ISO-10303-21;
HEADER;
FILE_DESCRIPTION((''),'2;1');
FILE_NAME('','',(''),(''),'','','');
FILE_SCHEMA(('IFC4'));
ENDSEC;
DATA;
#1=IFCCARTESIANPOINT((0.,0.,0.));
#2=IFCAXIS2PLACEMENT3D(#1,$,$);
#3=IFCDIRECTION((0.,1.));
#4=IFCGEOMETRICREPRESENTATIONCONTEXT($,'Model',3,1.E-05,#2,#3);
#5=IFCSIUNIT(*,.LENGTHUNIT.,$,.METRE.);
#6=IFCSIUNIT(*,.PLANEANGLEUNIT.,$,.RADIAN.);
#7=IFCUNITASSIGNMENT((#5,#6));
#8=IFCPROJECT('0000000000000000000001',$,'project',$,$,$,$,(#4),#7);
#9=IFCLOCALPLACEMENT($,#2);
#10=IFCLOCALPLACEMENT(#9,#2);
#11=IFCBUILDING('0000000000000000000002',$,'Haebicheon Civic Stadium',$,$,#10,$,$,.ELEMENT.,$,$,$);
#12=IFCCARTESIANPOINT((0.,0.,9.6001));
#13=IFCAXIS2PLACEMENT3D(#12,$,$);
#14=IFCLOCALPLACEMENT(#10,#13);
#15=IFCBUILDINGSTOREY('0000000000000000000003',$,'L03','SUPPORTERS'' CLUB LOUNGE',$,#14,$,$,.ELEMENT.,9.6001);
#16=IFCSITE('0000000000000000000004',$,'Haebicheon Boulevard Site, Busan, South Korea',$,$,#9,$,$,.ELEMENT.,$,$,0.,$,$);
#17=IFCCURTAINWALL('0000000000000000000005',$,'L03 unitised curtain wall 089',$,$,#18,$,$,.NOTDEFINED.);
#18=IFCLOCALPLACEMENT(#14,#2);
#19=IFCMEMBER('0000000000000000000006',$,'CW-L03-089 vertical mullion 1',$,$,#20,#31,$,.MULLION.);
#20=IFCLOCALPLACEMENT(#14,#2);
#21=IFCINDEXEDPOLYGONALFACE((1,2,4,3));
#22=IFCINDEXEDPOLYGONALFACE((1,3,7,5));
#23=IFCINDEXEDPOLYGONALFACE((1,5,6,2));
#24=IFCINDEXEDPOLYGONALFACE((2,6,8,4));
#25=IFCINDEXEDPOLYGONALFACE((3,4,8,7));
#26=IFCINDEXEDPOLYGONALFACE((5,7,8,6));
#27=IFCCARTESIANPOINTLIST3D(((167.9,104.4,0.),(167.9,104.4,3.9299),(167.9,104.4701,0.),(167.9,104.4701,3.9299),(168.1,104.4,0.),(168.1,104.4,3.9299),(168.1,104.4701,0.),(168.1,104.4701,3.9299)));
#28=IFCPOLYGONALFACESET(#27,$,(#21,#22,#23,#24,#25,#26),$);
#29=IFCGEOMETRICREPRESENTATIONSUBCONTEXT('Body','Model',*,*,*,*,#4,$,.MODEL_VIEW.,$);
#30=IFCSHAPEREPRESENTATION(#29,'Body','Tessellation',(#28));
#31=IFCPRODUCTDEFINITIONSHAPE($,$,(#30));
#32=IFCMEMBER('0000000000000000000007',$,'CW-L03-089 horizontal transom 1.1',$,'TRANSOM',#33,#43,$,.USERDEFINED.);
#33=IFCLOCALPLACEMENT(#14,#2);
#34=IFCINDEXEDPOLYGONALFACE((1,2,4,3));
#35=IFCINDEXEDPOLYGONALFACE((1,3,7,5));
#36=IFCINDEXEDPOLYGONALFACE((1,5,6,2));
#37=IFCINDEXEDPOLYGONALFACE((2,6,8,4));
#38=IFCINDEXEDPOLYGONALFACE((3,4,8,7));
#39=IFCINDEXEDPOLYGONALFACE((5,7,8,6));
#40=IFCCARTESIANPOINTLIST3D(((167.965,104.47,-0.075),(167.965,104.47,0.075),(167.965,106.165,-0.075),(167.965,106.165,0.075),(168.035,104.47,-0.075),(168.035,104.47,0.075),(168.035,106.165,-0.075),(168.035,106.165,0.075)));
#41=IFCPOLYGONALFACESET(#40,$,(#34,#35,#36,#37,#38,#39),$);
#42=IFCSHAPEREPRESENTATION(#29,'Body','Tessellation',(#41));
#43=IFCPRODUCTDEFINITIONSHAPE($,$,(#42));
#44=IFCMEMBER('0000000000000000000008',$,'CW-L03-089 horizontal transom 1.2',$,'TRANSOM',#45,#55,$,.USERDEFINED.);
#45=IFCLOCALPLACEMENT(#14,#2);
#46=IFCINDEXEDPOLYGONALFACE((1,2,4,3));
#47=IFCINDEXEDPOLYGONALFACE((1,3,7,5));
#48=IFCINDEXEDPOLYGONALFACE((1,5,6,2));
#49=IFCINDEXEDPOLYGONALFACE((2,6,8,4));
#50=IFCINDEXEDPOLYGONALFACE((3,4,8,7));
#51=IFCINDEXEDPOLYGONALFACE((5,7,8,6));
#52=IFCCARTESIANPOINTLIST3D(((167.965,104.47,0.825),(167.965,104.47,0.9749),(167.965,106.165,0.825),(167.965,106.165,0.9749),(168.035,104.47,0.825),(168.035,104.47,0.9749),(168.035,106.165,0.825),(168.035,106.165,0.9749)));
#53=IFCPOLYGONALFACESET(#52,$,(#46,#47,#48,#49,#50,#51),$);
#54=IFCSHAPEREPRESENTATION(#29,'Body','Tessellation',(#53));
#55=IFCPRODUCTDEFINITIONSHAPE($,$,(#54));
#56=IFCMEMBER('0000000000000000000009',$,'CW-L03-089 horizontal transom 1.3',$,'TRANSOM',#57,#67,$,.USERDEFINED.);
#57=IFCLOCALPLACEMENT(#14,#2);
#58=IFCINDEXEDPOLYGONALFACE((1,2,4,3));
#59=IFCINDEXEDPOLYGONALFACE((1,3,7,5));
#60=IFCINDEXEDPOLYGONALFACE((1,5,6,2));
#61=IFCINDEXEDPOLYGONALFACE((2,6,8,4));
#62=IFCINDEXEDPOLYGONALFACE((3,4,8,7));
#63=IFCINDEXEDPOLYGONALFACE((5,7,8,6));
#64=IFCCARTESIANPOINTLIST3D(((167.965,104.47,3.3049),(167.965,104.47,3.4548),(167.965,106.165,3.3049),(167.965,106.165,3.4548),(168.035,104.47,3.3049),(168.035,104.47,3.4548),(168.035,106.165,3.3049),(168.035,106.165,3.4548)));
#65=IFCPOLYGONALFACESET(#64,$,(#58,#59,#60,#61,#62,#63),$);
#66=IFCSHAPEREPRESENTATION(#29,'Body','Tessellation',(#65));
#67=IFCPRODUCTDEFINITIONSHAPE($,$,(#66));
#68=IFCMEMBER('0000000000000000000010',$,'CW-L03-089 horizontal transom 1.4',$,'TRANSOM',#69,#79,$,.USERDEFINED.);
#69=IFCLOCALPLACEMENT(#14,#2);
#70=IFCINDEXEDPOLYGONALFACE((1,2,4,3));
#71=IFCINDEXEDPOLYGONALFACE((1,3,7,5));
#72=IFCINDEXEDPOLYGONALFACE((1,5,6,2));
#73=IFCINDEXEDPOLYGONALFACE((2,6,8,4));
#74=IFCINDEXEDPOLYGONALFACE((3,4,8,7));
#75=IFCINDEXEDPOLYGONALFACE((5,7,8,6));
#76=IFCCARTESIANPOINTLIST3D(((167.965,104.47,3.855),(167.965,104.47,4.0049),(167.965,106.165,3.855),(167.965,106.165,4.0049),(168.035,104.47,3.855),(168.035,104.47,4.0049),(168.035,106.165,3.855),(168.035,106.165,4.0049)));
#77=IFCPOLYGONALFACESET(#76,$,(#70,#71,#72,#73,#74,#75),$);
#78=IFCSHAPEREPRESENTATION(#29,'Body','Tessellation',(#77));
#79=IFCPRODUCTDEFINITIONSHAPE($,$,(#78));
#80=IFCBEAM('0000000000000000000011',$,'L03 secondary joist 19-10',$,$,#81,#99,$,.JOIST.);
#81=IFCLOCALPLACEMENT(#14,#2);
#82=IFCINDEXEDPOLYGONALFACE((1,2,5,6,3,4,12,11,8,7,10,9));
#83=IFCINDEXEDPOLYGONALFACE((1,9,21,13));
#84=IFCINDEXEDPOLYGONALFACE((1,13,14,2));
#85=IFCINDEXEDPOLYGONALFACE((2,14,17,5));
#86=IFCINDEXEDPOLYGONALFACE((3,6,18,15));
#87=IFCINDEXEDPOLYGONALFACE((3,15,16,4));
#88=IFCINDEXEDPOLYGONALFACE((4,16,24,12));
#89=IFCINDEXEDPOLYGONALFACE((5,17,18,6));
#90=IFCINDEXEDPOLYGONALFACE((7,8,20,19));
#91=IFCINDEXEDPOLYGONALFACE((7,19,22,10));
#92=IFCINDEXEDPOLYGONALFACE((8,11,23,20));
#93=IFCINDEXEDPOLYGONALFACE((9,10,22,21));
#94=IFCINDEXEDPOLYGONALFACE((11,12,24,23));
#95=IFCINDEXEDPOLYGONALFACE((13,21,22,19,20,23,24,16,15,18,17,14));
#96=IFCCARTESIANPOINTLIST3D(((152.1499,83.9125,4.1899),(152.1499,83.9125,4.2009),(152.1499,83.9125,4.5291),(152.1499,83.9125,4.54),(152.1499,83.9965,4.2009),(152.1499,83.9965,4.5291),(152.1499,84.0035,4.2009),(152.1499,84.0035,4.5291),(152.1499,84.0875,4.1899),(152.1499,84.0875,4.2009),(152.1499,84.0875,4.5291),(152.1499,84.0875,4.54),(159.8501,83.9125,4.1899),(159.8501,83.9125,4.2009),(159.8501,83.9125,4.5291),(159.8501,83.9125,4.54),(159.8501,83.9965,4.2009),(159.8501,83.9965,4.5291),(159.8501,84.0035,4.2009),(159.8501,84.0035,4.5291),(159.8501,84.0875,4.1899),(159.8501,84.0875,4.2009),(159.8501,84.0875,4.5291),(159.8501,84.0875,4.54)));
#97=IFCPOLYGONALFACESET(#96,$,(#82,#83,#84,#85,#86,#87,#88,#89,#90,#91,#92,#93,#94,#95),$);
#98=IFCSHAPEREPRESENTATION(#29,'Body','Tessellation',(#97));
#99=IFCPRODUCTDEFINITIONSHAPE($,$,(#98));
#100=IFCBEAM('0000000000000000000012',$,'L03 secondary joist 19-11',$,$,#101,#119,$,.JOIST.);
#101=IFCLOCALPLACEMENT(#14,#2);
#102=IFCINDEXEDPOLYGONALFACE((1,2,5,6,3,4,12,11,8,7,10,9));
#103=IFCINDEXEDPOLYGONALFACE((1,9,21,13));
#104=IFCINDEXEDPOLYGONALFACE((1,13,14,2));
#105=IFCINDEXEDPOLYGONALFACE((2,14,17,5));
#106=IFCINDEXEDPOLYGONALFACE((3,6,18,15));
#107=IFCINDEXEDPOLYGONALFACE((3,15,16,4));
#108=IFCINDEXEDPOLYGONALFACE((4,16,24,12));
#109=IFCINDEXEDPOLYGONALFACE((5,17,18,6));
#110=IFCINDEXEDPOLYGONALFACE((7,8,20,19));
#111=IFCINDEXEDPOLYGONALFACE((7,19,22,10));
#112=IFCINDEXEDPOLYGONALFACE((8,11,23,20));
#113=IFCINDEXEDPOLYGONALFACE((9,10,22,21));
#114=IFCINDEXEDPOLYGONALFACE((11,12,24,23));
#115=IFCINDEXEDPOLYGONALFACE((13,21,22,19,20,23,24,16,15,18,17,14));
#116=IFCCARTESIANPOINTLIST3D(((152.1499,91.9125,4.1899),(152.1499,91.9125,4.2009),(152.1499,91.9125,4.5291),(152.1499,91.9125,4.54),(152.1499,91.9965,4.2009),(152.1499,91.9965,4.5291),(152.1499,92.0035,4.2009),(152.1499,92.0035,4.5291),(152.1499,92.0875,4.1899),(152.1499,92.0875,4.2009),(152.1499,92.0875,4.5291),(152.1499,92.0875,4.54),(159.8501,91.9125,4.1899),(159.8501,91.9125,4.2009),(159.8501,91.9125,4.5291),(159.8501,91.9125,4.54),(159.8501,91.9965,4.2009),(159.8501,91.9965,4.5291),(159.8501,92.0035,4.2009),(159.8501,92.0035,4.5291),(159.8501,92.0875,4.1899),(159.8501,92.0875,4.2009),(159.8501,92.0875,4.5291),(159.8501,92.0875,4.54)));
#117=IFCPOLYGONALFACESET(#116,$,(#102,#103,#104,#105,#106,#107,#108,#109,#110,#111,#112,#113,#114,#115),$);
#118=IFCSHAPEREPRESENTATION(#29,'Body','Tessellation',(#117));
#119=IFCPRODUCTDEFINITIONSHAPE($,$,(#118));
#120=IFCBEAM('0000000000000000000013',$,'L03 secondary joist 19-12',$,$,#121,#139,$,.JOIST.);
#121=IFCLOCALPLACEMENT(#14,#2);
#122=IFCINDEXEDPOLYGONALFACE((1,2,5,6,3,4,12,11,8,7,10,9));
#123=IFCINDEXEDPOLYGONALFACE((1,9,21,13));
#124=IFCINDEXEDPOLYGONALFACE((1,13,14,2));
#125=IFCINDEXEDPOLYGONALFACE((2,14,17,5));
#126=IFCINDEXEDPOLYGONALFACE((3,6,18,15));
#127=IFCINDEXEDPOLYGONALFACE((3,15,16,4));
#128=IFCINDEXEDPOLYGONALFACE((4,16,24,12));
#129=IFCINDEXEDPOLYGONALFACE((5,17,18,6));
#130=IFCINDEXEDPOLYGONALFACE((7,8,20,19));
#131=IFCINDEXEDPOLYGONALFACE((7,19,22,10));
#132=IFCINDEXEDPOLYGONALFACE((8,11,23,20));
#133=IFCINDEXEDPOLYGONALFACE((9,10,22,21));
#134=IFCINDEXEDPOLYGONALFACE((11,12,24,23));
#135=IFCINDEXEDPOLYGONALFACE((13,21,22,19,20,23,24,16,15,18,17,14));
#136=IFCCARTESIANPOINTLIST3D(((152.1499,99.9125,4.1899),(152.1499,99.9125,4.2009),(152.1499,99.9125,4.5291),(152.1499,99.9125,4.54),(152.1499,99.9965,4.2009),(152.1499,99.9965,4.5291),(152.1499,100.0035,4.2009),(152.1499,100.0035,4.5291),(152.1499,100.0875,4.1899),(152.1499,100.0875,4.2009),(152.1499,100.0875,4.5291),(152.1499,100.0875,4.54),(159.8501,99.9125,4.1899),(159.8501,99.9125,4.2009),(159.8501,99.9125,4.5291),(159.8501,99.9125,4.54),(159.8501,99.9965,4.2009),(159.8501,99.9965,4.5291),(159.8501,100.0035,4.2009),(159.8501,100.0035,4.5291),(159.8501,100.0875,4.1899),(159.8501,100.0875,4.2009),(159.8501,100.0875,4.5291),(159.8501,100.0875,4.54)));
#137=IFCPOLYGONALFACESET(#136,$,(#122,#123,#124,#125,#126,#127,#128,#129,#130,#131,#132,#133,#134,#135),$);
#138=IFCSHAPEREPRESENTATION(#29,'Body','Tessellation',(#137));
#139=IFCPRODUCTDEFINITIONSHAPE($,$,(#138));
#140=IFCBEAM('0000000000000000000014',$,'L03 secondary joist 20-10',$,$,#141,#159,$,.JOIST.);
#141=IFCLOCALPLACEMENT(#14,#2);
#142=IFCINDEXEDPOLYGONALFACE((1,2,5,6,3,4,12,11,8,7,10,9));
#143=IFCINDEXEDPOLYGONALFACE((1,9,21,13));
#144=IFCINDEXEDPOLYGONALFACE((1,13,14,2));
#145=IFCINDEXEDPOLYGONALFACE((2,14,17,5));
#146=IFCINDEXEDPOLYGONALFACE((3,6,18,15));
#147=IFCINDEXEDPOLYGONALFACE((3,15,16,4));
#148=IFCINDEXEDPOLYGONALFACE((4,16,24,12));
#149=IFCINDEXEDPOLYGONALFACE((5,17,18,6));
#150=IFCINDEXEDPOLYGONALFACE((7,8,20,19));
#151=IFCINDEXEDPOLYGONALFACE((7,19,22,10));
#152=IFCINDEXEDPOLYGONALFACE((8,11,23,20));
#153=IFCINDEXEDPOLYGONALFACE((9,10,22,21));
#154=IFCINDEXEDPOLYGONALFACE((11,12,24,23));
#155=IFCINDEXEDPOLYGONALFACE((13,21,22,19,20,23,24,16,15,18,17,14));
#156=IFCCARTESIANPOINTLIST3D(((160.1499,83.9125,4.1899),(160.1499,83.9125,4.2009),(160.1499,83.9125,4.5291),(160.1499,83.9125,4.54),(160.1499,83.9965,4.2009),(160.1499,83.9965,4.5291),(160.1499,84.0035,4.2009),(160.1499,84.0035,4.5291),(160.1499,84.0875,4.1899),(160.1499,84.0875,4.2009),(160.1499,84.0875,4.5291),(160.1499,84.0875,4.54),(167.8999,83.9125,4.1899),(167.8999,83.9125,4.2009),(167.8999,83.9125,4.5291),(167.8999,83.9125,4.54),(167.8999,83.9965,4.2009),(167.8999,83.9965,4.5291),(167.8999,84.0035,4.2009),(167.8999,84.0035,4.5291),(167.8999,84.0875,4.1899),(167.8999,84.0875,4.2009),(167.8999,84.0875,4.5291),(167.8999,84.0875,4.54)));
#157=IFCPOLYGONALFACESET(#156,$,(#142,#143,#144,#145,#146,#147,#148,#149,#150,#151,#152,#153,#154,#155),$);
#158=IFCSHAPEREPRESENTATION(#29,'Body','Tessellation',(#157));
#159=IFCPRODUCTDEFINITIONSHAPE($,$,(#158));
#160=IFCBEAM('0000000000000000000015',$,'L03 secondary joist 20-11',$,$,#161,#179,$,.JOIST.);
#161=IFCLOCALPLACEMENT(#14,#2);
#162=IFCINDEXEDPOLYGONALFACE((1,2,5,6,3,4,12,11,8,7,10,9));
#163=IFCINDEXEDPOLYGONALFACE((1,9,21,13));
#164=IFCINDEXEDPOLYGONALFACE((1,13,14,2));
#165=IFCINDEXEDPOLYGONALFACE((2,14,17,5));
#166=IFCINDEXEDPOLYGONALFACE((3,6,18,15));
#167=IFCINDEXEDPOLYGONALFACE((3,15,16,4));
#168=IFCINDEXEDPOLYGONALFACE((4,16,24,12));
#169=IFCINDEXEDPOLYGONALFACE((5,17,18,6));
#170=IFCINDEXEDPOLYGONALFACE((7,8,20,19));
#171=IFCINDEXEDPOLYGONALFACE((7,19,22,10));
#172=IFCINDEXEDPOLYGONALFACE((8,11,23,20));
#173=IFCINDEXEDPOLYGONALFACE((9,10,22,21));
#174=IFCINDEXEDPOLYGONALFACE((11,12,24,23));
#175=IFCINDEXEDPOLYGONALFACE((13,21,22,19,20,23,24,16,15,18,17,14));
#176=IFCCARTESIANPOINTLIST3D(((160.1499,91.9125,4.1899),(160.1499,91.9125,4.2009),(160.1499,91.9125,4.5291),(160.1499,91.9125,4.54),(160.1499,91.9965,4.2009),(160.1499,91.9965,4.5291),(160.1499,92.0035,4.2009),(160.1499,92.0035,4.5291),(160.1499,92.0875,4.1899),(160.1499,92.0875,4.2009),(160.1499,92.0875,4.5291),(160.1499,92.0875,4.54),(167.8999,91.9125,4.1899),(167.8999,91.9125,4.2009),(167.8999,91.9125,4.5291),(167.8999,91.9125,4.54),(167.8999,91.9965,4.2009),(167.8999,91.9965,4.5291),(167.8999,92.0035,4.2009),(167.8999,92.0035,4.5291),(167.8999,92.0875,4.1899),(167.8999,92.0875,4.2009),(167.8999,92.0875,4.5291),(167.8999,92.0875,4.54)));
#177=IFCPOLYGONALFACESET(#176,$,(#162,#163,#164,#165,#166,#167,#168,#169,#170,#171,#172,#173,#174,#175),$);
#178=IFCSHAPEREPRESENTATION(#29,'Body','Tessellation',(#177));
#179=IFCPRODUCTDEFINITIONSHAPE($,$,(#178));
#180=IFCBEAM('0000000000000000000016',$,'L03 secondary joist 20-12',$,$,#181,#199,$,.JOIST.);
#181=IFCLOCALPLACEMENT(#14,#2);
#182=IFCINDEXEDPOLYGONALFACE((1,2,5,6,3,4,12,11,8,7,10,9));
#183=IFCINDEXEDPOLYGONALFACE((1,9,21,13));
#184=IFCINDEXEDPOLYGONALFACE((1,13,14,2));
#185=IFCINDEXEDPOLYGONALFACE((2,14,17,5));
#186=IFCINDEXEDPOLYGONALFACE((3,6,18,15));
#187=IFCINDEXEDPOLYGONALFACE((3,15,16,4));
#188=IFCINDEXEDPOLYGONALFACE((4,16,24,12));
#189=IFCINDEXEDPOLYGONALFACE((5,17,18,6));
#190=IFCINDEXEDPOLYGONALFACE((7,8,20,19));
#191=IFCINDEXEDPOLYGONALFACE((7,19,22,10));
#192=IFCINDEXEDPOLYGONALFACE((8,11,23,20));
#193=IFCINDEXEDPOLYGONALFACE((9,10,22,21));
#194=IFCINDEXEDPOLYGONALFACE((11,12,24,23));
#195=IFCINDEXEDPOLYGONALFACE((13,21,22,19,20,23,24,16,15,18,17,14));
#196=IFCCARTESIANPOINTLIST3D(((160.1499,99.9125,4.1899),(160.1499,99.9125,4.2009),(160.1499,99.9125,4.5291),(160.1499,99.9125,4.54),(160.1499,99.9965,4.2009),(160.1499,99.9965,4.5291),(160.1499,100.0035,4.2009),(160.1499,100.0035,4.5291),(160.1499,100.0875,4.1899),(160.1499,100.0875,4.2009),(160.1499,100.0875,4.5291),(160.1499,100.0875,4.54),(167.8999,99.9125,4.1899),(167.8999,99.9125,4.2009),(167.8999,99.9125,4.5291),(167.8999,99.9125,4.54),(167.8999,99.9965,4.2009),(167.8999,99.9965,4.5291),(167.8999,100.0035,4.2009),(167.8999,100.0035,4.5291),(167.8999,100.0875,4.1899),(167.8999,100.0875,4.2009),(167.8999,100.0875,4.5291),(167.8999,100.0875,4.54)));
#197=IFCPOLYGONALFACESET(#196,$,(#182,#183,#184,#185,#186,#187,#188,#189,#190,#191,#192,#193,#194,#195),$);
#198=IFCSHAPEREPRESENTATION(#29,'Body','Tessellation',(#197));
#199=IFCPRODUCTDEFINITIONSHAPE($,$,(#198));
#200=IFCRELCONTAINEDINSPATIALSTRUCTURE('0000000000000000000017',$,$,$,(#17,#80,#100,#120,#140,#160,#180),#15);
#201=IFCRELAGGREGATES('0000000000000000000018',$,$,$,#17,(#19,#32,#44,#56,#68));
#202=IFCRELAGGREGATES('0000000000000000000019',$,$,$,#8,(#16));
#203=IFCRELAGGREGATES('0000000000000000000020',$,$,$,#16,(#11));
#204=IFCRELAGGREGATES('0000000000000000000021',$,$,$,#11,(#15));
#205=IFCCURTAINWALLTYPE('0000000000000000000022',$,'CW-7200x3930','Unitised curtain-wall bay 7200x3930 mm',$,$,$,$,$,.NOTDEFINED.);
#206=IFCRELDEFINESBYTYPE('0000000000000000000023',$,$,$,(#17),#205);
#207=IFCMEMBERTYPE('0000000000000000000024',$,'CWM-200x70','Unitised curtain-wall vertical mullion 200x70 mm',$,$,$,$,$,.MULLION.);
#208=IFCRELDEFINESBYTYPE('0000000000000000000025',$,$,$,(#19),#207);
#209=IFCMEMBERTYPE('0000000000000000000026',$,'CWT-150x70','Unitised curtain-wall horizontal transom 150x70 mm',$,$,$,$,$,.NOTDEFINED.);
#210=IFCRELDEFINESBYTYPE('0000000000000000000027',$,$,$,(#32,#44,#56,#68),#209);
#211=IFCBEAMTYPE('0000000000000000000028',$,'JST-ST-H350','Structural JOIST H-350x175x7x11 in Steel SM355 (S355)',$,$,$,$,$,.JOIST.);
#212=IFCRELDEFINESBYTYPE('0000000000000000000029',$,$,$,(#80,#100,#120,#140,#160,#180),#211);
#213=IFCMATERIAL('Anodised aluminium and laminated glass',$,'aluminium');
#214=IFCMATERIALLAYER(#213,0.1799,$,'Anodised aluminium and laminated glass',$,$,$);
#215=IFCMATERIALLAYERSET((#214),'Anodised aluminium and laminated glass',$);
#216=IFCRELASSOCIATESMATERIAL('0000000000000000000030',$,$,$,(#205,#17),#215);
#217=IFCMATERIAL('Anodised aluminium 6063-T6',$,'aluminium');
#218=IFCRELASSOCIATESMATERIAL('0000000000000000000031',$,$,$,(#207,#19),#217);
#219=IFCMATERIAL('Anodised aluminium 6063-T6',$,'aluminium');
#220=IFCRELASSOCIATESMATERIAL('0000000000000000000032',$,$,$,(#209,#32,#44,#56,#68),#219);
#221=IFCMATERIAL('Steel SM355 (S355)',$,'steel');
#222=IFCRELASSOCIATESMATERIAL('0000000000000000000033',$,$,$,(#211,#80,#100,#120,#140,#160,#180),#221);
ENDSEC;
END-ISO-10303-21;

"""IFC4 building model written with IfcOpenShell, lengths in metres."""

from ifc_helpers import new_model, si_unit, direction, frame, origin, origin_2d, place, context, subcontext, project, spatial, rectangle, i_section, extrude, material, layer, layer_set, material_profile, profile_set, type_object, element, aggregate, save


model = new_model("IFC4")

# Units and contexts
model_context = context("Model", 3, precision=1e-05, world=origin(), true_north=direction((0.0, 1.0)))
body_context = subcontext(model_context, "Body", "Model", "MODEL_VIEW")
ifc_project = project(units=[si_unit("LENGTHUNIT", "METRE"), si_unit("PLANEANGLEUNIT", "RADIAN")], contexts=[model_context])

# Site, building, storey
site_placement = place(None, origin())
site = spatial("IfcSite", under=ifc_project, at=site_placement, Name="Haebicheon Boulevard Site, Busan, South Korea", CompositionType="ELEMENT", RefElevation=0.0)
building_placement = place(site_placement, origin())
building = spatial("IfcBuilding", under=site, at=building_placement, Name="Haebicheon Civic Stadium", CompositionType="ELEMENT")
storey_placement = place(building_placement, frame((0.0, 0.0, 9.6001)))
storey = spatial("IfcBuildingStorey", under=building, at=storey_placement, Name="L03", Description="SUPPORTERS' CLUB LOUNGE", CompositionType="ELEMENT", Elevation=9.6001)

# Curtain wall, members
ifc_material_1 = material(Name="Anodised aluminium and laminated glass", Category="aluminium")
ifc_layer_1 = layer(ifc_material_1, 0.1799, Name="Anodised aluminium and laminated glass")
ifc_layer_set_1 = layer_set([ifc_layer_1], Name="Anodised aluminium and laminated glass")
curtain_wall_type = type_object("IfcCurtainWallType", Name="CW-7200x3930", Description="Unitised curtain-wall bay 7200x3930 mm", PredefinedType="NOTDEFINED", material=ifc_layer_set_1)
curtain_wall_placement = place(storey_placement, origin())
curtain_wall = element("IfcCurtainWall", 1, at=curtain_wall_placement, inside=storey, type_object=curtain_wall_type, material=ifc_layer_set_1, Name="L03 unitised curtain wall 089", PredefinedType="NOTDEFINED")
ifc_material_2 = material(Name="Anodised aluminium 6063-T6", Category="aluminium")
ifc_material_profile_1 = material_profile(ifc_material_2, rectangle(XDim=0.0701, YDim=0.2, at=origin_2d()), Name="ALU-MULL-70x200")
ifc_profile_set_1 = profile_set([ifc_material_profile_1], Name="Anodised aluminium 6063-T6")
member_type_1 = type_object("IfcMemberType", Name="CWM-200x70", Description="Unitised curtain-wall vertical mullion 200x70 mm", PredefinedType="MULLION", material=ifc_profile_set_1)
member_1_placement = place(storey_placement, frame((168.0, 104.4351, 0.0), z_axis=(0.0, 0.0, 1.0), x_axis=(0.0, 1.0, 0.0)))
member_1 = element("IfcMember", 2, at=member_1_placement, type_object=member_type_1, material=ifc_profile_set_1, Name="CW-L03-089 vertical mullion 1", PredefinedType="MULLION", context=body_context, shape_type="SweptSolid", body=[
    extrude(rectangle(XDim=0.0701, YDim=0.2, at=origin_2d()), origin(), (0.0, 0.0, 1.0), 3.9299),
])
ifc_material_3 = material(Name="Anodised aluminium 6063-T6", Category="aluminium")
ifc_material_profile_2 = material_profile(ifc_material_3, rectangle(XDim=0.0701, YDim=0.1499, at=origin_2d()), Name="ALU-TRAN-70x150")
ifc_profile_set_2 = profile_set([ifc_material_profile_2], Name="Anodised aluminium 6063-T6")
member_type_2 = type_object("IfcMemberType", Name="CWT-150x70", Description="Unitised curtain-wall horizontal transom 150x70 mm", PredefinedType="NOTDEFINED", material=ifc_profile_set_2)
member_2_placement = place(storey_placement, frame((168.0, 104.47, 0.0), z_axis=(0.0, 1.0, 0.0), x_axis=(-1.0, 0.0, 0.0)))
member_2 = element("IfcMember", 3, at=member_2_placement, type_object=member_type_2, material=ifc_profile_set_2, Name="CW-L03-089 horizontal transom 1.1", ObjectType="TRANSOM", PredefinedType="USERDEFINED", context=body_context, shape_type="SweptSolid", body=[
    extrude(rectangle(XDim=0.0701, YDim=0.1499, at=origin_2d()), origin(), (0.0, 0.0, 1.0), 1.6951),
])
member_3_placement = place(storey_placement, frame((168.0, 104.47, 0.8999), z_axis=(0.0, 1.0, 0.0), x_axis=(-1.0, 0.0, 0.0)))
member_3 = element("IfcMember", 4, at=member_3_placement, type_object=member_type_2, material=ifc_profile_set_2, Name="CW-L03-089 horizontal transom 1.2", ObjectType="TRANSOM", PredefinedType="USERDEFINED", context=body_context, shape_type="SweptSolid", body=[
    extrude(rectangle(XDim=0.0701, YDim=0.1499, at=origin_2d()), origin(), (0.0, 0.0, 1.0), 1.6951),
])
member_4_placement = place(storey_placement, frame((168.0, 104.47, 3.3799), z_axis=(0.0, 1.0, 0.0), x_axis=(-1.0, 0.0, 0.0)))
member_4 = element("IfcMember", 5, at=member_4_placement, type_object=member_type_2, material=ifc_profile_set_2, Name="CW-L03-089 horizontal transom 1.3", ObjectType="TRANSOM", PredefinedType="USERDEFINED", context=body_context, shape_type="SweptSolid", body=[
    extrude(rectangle(XDim=0.0701, YDim=0.1499, at=origin_2d()), origin(), (0.0, 0.0, 1.0), 1.6951),
])
member_5_placement = place(storey_placement, frame((168.0, 104.47, 3.9299), z_axis=(0.0, 1.0, 0.0), x_axis=(-1.0, 0.0, 0.0)))
member_5 = element("IfcMember", 6, at=member_5_placement, type_object=member_type_2, material=ifc_profile_set_2, Name="CW-L03-089 horizontal transom 1.4", ObjectType="TRANSOM", PredefinedType="USERDEFINED", context=body_context, shape_type="SweptSolid", body=[
    extrude(rectangle(XDim=0.0701, YDim=0.1499, at=origin_2d()), origin(), (0.0, 0.0, 1.0), 1.6951),
])
aggregate(curtain_wall, [member_1, member_2, member_3, member_4, member_5])

# Beams
ifc_material_4 = material(Name="Steel SM355 (S355)", Category="steel")
ifc_material_profile_3 = material_profile(ifc_material_4, i_section(OverallWidth=0.175, OverallDepth=0.3501, WebThickness=0.0071, FlangeThickness=0.011, at=origin_2d()), Name="H-350x175x7x11")
ifc_profile_set_3 = profile_set([ifc_material_profile_3], Name="Steel SM355 (S355)")
beam_type_1 = type_object("IfcBeamType", Name="JST-ST-H350", Description="Structural JOIST H-350x175x7x11 in Steel SM355 (S355)", PredefinedType="JOIST", material=ifc_profile_set_3)
for number, where, z_axis, x_axis, name in (
    (7, (152.1499, 84.0, 4.365), (1.0, 0.0, 0.0), (0.0, 1.0, 0.0), "L03 secondary joist 19-10"),
    (8, (152.1499, 92.0, 4.365), (1.0, 0.0, 0.0), (0.0, 1.0, 0.0), "L03 secondary joist 19-11"),
    (9, (152.1499, 100.0, 4.365), (1.0, 0.0, 0.0), (0.0, 1.0, 0.0), "L03 secondary joist 19-12"),
):
    element("IfcBeam", number, at=place(storey_placement, frame(where, z_axis=z_axis, x_axis=x_axis)), inside=storey, type_object=beam_type_1, material=ifc_profile_set_3, Name=name, PredefinedType="JOIST", context=body_context, shape_type="SweptSolid", body=[
        extrude(i_section(OverallWidth=0.175, OverallDepth=0.3501, WebThickness=0.0071, FlangeThickness=0.011, at=origin_2d()), origin(), (0.0, 0.0, 1.0), 7.7002),
    ])
for number, where, z_axis, x_axis, name in (
    (10, (160.1499, 84.0, 4.365), (1.0, 0.0, 0.0), (0.0, 1.0, 0.0), "L03 secondary joist 20-10"),
    (11, (160.1499, 92.0, 4.365), (1.0, 0.0, 0.0), (0.0, 1.0, 0.0), "L03 secondary joist 20-11"),
    (12, (160.1499, 100.0, 4.365), (1.0, 0.0, 0.0), (0.0, 1.0, 0.0), "L03 secondary joist 20-12"),
):
    element("IfcBeam", number, at=place(storey_placement, frame(where, z_axis=z_axis, x_axis=x_axis)), inside=storey, type_object=beam_type_1, material=ifc_profile_set_3, Name=name, PredefinedType="JOIST", context=body_context, shape_type="SweptSolid", body=[
        extrude(i_section(OverallWidth=0.175, OverallDepth=0.3501, WebThickness=0.0071, FlangeThickness=0.011, at=origin_2d()), origin(), (0.0, 0.0, 1.0), 7.75),
    ])

save(model, "model.ifc")
